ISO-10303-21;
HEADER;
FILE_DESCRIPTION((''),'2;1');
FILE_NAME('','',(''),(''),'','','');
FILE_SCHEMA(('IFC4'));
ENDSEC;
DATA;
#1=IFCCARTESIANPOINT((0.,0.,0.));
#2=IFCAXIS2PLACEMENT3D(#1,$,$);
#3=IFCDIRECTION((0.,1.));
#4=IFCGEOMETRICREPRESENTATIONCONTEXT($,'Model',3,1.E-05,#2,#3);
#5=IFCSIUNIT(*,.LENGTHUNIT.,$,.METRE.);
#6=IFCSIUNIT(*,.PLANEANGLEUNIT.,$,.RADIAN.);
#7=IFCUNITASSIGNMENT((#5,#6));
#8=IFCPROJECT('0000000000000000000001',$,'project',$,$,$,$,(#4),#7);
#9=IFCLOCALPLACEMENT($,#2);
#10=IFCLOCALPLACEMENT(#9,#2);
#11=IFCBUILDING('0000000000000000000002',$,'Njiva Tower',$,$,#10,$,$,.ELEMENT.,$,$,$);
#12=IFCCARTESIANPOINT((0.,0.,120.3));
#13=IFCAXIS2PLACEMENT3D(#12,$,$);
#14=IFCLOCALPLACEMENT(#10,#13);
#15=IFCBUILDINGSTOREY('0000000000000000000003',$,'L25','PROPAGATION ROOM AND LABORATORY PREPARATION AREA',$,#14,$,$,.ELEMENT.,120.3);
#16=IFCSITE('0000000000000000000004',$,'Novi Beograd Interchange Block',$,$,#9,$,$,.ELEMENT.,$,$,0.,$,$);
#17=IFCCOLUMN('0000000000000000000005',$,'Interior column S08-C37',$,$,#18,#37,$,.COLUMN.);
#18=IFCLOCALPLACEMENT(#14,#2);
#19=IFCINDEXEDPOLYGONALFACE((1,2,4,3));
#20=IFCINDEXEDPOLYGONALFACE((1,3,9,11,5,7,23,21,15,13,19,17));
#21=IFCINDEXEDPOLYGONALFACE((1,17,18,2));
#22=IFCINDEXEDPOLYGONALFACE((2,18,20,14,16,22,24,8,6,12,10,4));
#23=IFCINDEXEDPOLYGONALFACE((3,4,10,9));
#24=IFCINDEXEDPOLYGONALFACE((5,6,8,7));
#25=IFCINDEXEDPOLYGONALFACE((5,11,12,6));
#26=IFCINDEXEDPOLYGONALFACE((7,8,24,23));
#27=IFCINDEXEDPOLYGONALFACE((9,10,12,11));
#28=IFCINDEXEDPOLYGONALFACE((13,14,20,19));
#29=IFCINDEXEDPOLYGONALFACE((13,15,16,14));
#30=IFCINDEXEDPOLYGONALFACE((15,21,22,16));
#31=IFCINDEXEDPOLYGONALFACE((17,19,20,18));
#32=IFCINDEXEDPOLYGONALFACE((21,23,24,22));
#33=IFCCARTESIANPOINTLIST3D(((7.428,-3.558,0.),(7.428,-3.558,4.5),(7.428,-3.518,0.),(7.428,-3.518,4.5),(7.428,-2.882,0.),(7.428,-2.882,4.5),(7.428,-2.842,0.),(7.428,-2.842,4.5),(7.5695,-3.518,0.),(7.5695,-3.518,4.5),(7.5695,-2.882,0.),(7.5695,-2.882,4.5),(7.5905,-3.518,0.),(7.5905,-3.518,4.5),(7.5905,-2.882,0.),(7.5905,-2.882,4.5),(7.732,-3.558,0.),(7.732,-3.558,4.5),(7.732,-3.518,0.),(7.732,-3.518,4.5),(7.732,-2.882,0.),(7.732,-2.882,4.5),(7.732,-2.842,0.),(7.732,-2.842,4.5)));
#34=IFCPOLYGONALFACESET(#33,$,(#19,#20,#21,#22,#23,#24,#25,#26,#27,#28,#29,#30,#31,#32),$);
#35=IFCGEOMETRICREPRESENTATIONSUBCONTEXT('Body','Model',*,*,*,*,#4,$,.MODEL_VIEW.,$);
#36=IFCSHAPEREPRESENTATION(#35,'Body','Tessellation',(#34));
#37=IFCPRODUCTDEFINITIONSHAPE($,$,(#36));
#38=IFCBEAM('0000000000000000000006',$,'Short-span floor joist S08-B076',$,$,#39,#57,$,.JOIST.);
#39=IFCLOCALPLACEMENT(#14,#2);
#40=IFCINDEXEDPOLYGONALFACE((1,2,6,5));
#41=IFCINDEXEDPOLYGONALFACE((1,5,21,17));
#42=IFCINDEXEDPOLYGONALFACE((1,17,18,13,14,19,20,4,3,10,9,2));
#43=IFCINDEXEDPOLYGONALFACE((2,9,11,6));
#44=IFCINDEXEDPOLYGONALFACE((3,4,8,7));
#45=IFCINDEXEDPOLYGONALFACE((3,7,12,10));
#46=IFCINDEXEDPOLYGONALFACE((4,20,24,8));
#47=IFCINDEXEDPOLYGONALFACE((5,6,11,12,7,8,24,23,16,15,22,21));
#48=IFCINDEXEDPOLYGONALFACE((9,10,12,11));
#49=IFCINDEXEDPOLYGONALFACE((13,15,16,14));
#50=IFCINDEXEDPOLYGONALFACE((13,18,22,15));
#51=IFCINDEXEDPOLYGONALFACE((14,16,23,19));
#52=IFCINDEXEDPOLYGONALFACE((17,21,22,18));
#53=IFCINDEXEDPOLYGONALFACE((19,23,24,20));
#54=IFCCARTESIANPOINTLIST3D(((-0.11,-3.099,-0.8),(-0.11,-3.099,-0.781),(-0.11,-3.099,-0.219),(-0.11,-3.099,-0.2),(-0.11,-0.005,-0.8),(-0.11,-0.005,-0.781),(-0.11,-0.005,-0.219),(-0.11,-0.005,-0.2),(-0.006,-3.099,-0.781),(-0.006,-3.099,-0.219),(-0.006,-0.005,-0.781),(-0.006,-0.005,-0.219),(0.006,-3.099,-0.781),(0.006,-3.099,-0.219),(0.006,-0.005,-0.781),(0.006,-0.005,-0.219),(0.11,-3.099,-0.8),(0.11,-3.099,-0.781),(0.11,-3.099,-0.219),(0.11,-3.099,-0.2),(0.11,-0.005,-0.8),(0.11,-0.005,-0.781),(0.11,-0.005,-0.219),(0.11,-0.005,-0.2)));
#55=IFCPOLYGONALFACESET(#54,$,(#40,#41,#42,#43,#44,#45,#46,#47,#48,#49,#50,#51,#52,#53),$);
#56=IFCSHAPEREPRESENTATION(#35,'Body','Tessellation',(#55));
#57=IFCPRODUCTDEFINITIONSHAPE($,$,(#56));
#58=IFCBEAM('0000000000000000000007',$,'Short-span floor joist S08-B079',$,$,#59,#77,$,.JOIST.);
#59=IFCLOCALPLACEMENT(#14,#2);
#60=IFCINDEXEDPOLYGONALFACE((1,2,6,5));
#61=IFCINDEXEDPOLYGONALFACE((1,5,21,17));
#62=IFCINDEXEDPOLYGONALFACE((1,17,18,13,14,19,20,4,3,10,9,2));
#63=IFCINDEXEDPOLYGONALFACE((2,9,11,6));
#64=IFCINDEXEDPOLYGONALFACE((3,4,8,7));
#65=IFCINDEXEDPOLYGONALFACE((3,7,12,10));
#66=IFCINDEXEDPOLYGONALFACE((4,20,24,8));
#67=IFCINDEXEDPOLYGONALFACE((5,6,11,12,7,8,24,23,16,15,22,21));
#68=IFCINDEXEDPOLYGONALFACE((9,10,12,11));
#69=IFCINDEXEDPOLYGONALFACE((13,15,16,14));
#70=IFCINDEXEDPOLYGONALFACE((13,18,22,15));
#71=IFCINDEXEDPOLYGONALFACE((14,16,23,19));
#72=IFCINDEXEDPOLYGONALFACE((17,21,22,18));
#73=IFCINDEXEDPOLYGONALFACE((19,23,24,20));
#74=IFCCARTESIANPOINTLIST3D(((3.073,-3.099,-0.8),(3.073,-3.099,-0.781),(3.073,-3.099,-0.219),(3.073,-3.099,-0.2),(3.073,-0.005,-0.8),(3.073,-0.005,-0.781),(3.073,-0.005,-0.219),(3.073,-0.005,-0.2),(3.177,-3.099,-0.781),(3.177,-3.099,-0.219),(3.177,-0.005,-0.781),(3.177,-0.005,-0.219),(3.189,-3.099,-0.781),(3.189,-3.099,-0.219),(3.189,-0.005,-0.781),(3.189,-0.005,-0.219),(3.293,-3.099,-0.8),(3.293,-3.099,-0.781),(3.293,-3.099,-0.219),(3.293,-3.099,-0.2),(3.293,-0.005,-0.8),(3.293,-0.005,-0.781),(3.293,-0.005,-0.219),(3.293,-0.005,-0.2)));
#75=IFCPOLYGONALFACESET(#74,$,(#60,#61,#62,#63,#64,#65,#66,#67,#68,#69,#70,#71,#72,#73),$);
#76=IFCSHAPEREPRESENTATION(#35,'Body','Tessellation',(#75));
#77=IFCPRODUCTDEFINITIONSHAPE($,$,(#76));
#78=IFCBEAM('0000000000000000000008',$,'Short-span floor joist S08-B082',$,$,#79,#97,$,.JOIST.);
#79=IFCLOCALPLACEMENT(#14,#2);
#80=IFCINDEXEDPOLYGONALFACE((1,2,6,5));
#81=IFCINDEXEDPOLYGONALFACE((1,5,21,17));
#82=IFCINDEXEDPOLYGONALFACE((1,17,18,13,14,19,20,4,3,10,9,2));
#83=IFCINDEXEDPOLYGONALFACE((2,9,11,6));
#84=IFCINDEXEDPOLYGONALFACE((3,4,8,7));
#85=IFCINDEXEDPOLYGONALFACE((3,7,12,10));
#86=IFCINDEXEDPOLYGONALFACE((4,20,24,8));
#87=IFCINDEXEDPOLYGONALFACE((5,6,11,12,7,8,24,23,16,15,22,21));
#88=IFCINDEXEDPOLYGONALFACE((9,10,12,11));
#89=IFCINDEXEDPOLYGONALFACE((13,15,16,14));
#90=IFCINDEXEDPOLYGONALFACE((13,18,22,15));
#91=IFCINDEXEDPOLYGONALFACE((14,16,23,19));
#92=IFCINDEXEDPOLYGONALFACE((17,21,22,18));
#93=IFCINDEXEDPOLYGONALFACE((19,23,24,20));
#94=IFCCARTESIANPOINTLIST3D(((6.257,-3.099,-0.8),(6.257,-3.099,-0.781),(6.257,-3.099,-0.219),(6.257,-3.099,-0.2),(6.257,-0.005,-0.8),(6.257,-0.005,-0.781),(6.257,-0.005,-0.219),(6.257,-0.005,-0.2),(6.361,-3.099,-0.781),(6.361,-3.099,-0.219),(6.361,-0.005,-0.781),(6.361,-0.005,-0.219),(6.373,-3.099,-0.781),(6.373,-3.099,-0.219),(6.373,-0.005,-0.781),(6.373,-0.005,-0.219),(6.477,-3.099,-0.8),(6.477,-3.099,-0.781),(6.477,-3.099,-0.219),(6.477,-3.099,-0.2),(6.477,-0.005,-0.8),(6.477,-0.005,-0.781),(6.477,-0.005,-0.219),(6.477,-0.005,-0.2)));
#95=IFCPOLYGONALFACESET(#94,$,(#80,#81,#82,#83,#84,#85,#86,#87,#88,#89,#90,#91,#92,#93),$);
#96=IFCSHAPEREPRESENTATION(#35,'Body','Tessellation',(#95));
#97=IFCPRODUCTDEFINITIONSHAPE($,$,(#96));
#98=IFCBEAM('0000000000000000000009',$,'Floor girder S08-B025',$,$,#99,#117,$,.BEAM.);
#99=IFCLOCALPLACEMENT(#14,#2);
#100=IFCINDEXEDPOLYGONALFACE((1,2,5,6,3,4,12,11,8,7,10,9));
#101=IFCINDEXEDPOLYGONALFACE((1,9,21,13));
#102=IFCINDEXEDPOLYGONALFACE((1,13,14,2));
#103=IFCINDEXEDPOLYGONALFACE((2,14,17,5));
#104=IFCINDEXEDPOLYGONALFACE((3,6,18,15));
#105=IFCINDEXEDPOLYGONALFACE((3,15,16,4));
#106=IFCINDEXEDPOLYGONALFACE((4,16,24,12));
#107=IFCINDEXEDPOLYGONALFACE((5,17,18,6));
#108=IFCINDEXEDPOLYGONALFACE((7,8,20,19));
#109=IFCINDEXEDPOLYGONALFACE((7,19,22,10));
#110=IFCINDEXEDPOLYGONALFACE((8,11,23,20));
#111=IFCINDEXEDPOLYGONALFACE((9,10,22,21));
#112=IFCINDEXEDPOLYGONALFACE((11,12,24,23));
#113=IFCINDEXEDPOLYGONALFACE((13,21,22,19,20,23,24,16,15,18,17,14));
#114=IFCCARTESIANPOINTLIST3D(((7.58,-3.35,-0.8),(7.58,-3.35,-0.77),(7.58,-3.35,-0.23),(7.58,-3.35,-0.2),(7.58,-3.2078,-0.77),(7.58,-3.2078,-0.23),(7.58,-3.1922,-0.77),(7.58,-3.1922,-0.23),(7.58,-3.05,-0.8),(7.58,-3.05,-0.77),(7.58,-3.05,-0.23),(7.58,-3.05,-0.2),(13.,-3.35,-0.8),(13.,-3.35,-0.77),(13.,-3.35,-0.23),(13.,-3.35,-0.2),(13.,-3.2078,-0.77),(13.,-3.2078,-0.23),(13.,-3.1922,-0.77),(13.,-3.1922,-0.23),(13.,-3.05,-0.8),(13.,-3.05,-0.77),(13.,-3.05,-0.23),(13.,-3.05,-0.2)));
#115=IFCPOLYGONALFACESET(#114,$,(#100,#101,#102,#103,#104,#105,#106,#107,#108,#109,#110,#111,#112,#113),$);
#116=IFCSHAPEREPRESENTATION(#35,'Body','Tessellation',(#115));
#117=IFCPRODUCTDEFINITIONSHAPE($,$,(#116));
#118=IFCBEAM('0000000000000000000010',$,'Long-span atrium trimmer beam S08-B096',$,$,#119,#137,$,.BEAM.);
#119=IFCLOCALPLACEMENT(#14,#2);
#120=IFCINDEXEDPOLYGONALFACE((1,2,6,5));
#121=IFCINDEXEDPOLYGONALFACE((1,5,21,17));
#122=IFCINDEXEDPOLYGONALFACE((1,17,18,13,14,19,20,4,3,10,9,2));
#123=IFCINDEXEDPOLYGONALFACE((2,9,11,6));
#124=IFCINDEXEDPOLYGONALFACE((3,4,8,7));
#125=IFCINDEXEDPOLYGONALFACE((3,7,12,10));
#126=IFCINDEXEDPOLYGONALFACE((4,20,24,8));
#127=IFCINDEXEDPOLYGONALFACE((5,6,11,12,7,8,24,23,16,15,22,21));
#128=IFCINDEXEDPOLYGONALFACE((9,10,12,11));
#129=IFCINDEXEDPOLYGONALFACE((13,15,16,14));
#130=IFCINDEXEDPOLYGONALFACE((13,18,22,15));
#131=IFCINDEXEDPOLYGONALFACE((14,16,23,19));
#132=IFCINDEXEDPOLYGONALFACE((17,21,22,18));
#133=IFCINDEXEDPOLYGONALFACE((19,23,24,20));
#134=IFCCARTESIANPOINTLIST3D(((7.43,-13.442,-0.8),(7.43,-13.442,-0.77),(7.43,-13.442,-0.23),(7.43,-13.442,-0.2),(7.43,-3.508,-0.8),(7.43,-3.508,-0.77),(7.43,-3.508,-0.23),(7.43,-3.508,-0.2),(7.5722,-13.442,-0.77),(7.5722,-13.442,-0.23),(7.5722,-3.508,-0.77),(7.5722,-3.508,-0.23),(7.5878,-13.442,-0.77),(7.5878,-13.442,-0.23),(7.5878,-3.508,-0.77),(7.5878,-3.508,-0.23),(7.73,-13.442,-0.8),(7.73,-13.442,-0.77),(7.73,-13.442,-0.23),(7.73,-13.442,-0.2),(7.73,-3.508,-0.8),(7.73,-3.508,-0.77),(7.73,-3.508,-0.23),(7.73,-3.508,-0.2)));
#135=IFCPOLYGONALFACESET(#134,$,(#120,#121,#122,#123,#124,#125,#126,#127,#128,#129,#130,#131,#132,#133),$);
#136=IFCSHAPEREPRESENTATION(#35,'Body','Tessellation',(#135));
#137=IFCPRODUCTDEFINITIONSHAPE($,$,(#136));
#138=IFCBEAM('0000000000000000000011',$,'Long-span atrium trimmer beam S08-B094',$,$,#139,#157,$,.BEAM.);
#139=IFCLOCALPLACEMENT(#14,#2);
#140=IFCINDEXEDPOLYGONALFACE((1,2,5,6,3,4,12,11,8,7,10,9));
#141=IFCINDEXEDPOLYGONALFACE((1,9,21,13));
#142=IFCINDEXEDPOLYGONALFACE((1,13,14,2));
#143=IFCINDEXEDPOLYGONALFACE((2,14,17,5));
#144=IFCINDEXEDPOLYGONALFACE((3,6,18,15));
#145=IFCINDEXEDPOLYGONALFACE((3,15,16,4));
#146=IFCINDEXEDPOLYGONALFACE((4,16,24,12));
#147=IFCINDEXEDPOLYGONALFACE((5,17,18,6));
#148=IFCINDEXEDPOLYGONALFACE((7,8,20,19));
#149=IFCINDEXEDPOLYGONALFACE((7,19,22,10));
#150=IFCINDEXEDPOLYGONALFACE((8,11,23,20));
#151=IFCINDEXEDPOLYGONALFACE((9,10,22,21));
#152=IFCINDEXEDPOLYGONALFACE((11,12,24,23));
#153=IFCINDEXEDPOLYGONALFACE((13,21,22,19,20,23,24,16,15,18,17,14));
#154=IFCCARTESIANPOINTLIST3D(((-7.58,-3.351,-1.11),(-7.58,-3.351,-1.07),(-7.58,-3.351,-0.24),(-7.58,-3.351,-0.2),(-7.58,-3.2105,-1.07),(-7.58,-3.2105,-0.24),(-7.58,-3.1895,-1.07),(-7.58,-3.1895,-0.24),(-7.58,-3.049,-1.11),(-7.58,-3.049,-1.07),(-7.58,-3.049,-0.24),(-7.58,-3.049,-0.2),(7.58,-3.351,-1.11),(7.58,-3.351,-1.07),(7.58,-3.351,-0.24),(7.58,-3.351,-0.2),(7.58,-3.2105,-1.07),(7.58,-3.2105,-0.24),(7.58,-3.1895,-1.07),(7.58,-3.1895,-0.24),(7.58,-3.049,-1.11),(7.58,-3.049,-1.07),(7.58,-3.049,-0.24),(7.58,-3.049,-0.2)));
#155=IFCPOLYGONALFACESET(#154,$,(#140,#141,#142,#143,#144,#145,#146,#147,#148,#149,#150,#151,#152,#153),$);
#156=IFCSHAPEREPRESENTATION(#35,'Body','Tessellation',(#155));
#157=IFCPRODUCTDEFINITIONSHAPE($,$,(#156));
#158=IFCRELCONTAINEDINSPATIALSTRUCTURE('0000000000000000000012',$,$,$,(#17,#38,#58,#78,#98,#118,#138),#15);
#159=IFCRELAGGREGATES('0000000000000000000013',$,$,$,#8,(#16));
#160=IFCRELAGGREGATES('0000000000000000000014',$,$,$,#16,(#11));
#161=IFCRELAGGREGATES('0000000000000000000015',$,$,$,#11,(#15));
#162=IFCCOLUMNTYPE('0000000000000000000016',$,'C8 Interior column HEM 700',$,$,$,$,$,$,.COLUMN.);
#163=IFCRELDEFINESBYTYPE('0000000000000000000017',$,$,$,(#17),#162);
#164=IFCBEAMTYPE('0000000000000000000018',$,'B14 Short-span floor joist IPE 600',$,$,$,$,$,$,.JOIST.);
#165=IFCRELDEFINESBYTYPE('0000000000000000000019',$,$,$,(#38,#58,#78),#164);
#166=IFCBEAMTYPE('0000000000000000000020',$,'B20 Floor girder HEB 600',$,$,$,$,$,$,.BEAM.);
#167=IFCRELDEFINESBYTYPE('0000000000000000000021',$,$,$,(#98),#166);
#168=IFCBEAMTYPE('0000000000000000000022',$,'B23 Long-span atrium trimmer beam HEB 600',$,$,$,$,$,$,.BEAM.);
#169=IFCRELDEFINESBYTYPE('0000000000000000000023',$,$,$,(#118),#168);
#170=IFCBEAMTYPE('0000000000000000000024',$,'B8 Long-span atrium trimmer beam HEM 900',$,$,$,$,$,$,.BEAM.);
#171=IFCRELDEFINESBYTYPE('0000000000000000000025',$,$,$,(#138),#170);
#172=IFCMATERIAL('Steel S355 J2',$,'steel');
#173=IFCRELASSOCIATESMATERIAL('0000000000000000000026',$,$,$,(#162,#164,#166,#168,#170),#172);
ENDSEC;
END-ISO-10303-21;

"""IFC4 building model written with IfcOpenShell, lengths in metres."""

from ifc_helpers import new_model, si_unit, direction, frame, origin, origin_2d, place, context, subcontext, project, spatial, i_section, extrude, material, material_profile, profile_set, type_object, element, save


model = new_model("IFC4")

# Units and contexts
model_context = context("Model", 3, precision=1e-05, world=origin(), true_north=direction((0.0, 1.0)))
body_context = subcontext(model_context, "Body", "Model", "MODEL_VIEW")
ifc_project = project(units=[si_unit("LENGTHUNIT", "METRE"), si_unit("PLANEANGLEUNIT", "RADIAN")], contexts=[model_context])

# Site, building, storey
site_placement = place(None, origin())
site = spatial("IfcSite", under=ifc_project, at=site_placement, Name="Novi Beograd Interchange Block", CompositionType="ELEMENT", RefElevation=0.0)
building_placement = place(site_placement, origin())
building = spatial("IfcBuilding", under=site, at=building_placement, Name="Njiva Tower", CompositionType="ELEMENT")
storey_placement = place(building_placement, frame((0.0, 0.0, 120.3)))
storey = spatial("IfcBuildingStorey", under=building, at=storey_placement, Name="L25", Description="PROPAGATION ROOM AND LABORATORY PREPARATION AREA", CompositionType="ELEMENT", Elevation=120.3)

# Column
ifc_material_1 = material(Name="Steel S355 J2", Category="steel")
ifc_material_profile_1 = material_profile(ifc_material_1, i_section(OverallWidth=0.304, OverallDepth=0.716, WebThickness=0.021, FlangeThickness=0.04, at=origin_2d()), Name="HEM 700")
ifc_profile_set_1 = profile_set([ifc_material_profile_1], Name="Steel S355 J2")
column_type = type_object("IfcColumnType", Name="C8 Interior column HEM 700", PredefinedType="COLUMN", material=ifc_profile_set_1)
column_placement = place(storey_placement, frame((7.58, -3.2, 0.0), z_axis=(0.0, 0.0, 1.0), x_axis=(1.0, 0.0, 0.0)))
element("IfcColumn", 1, at=column_placement, inside=storey, type_object=column_type, Name="Interior column S08-C37", PredefinedType="COLUMN", context=body_context, shape_type="SweptSolid", body=[
    extrude(i_section(OverallWidth=0.304, OverallDepth=0.716, WebThickness=0.021, FlangeThickness=0.04, at=origin_2d()), origin(), (0.0, 0.0, 1.0), 4.5),
])

# Beams
ifc_material_profile_2 = material_profile(ifc_material_1, i_section(OverallWidth=0.22, OverallDepth=0.6, WebThickness=0.012, FlangeThickness=0.019, at=origin_2d()), Name="IPE 600")
ifc_profile_set_2 = profile_set([ifc_material_profile_2], Name="Steel S355 J2")
beam_type_1 = type_object("IfcBeamType", Name="B14 Short-span floor joist IPE 600", PredefinedType="JOIST", material=ifc_profile_set_2)
for number, where, z_axis, x_axis, name in (
    (2, (0.0, -0.005, -0.5), (0.0, -1.0, 0.0), (1.0, 0.0, 0.0), "Short-span floor joist S08-B076"),
    (3, (3.183, -0.005, -0.5), (0.0, -1.0, 0.0), (1.0, 0.0, 0.0), "Short-span floor joist S08-B079"),
    (4, (6.367, -0.005, -0.5), (0.0, -1.0, 0.0), (1.0, 0.0, 0.0), "Short-span floor joist S08-B082"),
):
    element("IfcBeam", number, at=place(storey_placement, frame(where, z_axis=z_axis, x_axis=x_axis)), inside=storey, type_object=beam_type_1, Name=name, PredefinedType="JOIST", context=body_context, shape_type="SweptSolid", body=[
        extrude(i_section(OverallWidth=0.22, OverallDepth=0.6, WebThickness=0.012, FlangeThickness=0.019, at=origin_2d()), origin(), (0.0, 0.0, 1.0), 3.094),
    ])
ifc_material_profile_3 = material_profile(ifc_material_1, i_section(OverallWidth=0.3, OverallDepth=0.6, WebThickness=0.0155, FlangeThickness=0.03, at=origin_2d()), Name="HEB 600")
ifc_profile_set_3 = profile_set([ifc_material_profile_3], Name="Steel S355 J2")
beam_type_2 = type_object("IfcBeamType", Name="B20 Floor girder HEB 600", PredefinedType="BEAM", material=ifc_profile_set_3)
beam_1_placement = place(storey_placement, frame((7.58, -3.2, -0.5), z_axis=(1.0, 0.0, 0.0), x_axis=(0.0, 1.0, 0.0)))
element("IfcBeam", 5, at=beam_1_placement, inside=storey, type_object=beam_type_2, Name="Floor girder S08-B025", PredefinedType="BEAM", context=body_context, shape_type="SweptSolid", body=[
    extrude(i_section(OverallWidth=0.3, OverallDepth=0.6, WebThickness=0.0155, FlangeThickness=0.03, at=origin_2d()), origin(), (0.0, 0.0, 1.0), 5.42),
])
ifc_material_profile_4 = material_profile(ifc_material_1, i_section(OverallWidth=0.3, OverallDepth=0.6, WebThickness=0.0155, FlangeThickness=0.03, at=origin_2d()), Name="HEB 600")
ifc_profile_set_4 = profile_set([ifc_material_profile_4], Name="Steel S355 J2")
beam_type_3 = type_object("IfcBeamType", Name="B23 Long-span atrium trimmer beam HEB 600", PredefinedType="BEAM", material=ifc_profile_set_4)
beam_2_placement = place(storey_placement, frame((7.58, -13.442, -0.5), z_axis=(0.0, 1.0, 0.0), x_axis=(-1.0, 0.0, 0.0)))
element("IfcBeam", 6, at=beam_2_placement, inside=storey, type_object=beam_type_3, Name="Long-span atrium trimmer beam S08-B096", PredefinedType="BEAM", context=body_context, shape_type="SweptSolid", body=[
    extrude(i_section(OverallWidth=0.3, OverallDepth=0.6, WebThickness=0.0155, FlangeThickness=0.03, at=origin_2d()), origin(), (0.0, 0.0, 1.0), 9.934),
])
ifc_material_profile_5 = material_profile(ifc_material_1, i_section(OverallWidth=0.302, OverallDepth=0.91, WebThickness=0.021, FlangeThickness=0.04, at=origin_2d()), Name="HEM 900")
ifc_profile_set_5 = profile_set([ifc_material_profile_5], Name="Steel S355 J2")
beam_type_4 = type_object("IfcBeamType", Name="B8 Long-span atrium trimmer beam HEM 900", PredefinedType="BEAM", material=ifc_profile_set_5)
beam_3_placement = place(storey_placement, frame((7.58, -3.2, -0.655), z_axis=(-1.0, 0.0, 0.0), x_axis=(0.0, -1.0, 0.0)))
element("IfcBeam", 7, at=beam_3_placement, inside=storey, type_object=beam_type_4, Name="Long-span atrium trimmer beam S08-B094", PredefinedType="BEAM", context=body_context, shape_type="SweptSolid", body=[
    extrude(i_section(OverallWidth=0.302, OverallDepth=0.91, WebThickness=0.021, FlangeThickness=0.04, at=origin_2d()), origin(), (0.0, 0.0, 1.0), 15.16),
])

save(model, "model.ifc")
